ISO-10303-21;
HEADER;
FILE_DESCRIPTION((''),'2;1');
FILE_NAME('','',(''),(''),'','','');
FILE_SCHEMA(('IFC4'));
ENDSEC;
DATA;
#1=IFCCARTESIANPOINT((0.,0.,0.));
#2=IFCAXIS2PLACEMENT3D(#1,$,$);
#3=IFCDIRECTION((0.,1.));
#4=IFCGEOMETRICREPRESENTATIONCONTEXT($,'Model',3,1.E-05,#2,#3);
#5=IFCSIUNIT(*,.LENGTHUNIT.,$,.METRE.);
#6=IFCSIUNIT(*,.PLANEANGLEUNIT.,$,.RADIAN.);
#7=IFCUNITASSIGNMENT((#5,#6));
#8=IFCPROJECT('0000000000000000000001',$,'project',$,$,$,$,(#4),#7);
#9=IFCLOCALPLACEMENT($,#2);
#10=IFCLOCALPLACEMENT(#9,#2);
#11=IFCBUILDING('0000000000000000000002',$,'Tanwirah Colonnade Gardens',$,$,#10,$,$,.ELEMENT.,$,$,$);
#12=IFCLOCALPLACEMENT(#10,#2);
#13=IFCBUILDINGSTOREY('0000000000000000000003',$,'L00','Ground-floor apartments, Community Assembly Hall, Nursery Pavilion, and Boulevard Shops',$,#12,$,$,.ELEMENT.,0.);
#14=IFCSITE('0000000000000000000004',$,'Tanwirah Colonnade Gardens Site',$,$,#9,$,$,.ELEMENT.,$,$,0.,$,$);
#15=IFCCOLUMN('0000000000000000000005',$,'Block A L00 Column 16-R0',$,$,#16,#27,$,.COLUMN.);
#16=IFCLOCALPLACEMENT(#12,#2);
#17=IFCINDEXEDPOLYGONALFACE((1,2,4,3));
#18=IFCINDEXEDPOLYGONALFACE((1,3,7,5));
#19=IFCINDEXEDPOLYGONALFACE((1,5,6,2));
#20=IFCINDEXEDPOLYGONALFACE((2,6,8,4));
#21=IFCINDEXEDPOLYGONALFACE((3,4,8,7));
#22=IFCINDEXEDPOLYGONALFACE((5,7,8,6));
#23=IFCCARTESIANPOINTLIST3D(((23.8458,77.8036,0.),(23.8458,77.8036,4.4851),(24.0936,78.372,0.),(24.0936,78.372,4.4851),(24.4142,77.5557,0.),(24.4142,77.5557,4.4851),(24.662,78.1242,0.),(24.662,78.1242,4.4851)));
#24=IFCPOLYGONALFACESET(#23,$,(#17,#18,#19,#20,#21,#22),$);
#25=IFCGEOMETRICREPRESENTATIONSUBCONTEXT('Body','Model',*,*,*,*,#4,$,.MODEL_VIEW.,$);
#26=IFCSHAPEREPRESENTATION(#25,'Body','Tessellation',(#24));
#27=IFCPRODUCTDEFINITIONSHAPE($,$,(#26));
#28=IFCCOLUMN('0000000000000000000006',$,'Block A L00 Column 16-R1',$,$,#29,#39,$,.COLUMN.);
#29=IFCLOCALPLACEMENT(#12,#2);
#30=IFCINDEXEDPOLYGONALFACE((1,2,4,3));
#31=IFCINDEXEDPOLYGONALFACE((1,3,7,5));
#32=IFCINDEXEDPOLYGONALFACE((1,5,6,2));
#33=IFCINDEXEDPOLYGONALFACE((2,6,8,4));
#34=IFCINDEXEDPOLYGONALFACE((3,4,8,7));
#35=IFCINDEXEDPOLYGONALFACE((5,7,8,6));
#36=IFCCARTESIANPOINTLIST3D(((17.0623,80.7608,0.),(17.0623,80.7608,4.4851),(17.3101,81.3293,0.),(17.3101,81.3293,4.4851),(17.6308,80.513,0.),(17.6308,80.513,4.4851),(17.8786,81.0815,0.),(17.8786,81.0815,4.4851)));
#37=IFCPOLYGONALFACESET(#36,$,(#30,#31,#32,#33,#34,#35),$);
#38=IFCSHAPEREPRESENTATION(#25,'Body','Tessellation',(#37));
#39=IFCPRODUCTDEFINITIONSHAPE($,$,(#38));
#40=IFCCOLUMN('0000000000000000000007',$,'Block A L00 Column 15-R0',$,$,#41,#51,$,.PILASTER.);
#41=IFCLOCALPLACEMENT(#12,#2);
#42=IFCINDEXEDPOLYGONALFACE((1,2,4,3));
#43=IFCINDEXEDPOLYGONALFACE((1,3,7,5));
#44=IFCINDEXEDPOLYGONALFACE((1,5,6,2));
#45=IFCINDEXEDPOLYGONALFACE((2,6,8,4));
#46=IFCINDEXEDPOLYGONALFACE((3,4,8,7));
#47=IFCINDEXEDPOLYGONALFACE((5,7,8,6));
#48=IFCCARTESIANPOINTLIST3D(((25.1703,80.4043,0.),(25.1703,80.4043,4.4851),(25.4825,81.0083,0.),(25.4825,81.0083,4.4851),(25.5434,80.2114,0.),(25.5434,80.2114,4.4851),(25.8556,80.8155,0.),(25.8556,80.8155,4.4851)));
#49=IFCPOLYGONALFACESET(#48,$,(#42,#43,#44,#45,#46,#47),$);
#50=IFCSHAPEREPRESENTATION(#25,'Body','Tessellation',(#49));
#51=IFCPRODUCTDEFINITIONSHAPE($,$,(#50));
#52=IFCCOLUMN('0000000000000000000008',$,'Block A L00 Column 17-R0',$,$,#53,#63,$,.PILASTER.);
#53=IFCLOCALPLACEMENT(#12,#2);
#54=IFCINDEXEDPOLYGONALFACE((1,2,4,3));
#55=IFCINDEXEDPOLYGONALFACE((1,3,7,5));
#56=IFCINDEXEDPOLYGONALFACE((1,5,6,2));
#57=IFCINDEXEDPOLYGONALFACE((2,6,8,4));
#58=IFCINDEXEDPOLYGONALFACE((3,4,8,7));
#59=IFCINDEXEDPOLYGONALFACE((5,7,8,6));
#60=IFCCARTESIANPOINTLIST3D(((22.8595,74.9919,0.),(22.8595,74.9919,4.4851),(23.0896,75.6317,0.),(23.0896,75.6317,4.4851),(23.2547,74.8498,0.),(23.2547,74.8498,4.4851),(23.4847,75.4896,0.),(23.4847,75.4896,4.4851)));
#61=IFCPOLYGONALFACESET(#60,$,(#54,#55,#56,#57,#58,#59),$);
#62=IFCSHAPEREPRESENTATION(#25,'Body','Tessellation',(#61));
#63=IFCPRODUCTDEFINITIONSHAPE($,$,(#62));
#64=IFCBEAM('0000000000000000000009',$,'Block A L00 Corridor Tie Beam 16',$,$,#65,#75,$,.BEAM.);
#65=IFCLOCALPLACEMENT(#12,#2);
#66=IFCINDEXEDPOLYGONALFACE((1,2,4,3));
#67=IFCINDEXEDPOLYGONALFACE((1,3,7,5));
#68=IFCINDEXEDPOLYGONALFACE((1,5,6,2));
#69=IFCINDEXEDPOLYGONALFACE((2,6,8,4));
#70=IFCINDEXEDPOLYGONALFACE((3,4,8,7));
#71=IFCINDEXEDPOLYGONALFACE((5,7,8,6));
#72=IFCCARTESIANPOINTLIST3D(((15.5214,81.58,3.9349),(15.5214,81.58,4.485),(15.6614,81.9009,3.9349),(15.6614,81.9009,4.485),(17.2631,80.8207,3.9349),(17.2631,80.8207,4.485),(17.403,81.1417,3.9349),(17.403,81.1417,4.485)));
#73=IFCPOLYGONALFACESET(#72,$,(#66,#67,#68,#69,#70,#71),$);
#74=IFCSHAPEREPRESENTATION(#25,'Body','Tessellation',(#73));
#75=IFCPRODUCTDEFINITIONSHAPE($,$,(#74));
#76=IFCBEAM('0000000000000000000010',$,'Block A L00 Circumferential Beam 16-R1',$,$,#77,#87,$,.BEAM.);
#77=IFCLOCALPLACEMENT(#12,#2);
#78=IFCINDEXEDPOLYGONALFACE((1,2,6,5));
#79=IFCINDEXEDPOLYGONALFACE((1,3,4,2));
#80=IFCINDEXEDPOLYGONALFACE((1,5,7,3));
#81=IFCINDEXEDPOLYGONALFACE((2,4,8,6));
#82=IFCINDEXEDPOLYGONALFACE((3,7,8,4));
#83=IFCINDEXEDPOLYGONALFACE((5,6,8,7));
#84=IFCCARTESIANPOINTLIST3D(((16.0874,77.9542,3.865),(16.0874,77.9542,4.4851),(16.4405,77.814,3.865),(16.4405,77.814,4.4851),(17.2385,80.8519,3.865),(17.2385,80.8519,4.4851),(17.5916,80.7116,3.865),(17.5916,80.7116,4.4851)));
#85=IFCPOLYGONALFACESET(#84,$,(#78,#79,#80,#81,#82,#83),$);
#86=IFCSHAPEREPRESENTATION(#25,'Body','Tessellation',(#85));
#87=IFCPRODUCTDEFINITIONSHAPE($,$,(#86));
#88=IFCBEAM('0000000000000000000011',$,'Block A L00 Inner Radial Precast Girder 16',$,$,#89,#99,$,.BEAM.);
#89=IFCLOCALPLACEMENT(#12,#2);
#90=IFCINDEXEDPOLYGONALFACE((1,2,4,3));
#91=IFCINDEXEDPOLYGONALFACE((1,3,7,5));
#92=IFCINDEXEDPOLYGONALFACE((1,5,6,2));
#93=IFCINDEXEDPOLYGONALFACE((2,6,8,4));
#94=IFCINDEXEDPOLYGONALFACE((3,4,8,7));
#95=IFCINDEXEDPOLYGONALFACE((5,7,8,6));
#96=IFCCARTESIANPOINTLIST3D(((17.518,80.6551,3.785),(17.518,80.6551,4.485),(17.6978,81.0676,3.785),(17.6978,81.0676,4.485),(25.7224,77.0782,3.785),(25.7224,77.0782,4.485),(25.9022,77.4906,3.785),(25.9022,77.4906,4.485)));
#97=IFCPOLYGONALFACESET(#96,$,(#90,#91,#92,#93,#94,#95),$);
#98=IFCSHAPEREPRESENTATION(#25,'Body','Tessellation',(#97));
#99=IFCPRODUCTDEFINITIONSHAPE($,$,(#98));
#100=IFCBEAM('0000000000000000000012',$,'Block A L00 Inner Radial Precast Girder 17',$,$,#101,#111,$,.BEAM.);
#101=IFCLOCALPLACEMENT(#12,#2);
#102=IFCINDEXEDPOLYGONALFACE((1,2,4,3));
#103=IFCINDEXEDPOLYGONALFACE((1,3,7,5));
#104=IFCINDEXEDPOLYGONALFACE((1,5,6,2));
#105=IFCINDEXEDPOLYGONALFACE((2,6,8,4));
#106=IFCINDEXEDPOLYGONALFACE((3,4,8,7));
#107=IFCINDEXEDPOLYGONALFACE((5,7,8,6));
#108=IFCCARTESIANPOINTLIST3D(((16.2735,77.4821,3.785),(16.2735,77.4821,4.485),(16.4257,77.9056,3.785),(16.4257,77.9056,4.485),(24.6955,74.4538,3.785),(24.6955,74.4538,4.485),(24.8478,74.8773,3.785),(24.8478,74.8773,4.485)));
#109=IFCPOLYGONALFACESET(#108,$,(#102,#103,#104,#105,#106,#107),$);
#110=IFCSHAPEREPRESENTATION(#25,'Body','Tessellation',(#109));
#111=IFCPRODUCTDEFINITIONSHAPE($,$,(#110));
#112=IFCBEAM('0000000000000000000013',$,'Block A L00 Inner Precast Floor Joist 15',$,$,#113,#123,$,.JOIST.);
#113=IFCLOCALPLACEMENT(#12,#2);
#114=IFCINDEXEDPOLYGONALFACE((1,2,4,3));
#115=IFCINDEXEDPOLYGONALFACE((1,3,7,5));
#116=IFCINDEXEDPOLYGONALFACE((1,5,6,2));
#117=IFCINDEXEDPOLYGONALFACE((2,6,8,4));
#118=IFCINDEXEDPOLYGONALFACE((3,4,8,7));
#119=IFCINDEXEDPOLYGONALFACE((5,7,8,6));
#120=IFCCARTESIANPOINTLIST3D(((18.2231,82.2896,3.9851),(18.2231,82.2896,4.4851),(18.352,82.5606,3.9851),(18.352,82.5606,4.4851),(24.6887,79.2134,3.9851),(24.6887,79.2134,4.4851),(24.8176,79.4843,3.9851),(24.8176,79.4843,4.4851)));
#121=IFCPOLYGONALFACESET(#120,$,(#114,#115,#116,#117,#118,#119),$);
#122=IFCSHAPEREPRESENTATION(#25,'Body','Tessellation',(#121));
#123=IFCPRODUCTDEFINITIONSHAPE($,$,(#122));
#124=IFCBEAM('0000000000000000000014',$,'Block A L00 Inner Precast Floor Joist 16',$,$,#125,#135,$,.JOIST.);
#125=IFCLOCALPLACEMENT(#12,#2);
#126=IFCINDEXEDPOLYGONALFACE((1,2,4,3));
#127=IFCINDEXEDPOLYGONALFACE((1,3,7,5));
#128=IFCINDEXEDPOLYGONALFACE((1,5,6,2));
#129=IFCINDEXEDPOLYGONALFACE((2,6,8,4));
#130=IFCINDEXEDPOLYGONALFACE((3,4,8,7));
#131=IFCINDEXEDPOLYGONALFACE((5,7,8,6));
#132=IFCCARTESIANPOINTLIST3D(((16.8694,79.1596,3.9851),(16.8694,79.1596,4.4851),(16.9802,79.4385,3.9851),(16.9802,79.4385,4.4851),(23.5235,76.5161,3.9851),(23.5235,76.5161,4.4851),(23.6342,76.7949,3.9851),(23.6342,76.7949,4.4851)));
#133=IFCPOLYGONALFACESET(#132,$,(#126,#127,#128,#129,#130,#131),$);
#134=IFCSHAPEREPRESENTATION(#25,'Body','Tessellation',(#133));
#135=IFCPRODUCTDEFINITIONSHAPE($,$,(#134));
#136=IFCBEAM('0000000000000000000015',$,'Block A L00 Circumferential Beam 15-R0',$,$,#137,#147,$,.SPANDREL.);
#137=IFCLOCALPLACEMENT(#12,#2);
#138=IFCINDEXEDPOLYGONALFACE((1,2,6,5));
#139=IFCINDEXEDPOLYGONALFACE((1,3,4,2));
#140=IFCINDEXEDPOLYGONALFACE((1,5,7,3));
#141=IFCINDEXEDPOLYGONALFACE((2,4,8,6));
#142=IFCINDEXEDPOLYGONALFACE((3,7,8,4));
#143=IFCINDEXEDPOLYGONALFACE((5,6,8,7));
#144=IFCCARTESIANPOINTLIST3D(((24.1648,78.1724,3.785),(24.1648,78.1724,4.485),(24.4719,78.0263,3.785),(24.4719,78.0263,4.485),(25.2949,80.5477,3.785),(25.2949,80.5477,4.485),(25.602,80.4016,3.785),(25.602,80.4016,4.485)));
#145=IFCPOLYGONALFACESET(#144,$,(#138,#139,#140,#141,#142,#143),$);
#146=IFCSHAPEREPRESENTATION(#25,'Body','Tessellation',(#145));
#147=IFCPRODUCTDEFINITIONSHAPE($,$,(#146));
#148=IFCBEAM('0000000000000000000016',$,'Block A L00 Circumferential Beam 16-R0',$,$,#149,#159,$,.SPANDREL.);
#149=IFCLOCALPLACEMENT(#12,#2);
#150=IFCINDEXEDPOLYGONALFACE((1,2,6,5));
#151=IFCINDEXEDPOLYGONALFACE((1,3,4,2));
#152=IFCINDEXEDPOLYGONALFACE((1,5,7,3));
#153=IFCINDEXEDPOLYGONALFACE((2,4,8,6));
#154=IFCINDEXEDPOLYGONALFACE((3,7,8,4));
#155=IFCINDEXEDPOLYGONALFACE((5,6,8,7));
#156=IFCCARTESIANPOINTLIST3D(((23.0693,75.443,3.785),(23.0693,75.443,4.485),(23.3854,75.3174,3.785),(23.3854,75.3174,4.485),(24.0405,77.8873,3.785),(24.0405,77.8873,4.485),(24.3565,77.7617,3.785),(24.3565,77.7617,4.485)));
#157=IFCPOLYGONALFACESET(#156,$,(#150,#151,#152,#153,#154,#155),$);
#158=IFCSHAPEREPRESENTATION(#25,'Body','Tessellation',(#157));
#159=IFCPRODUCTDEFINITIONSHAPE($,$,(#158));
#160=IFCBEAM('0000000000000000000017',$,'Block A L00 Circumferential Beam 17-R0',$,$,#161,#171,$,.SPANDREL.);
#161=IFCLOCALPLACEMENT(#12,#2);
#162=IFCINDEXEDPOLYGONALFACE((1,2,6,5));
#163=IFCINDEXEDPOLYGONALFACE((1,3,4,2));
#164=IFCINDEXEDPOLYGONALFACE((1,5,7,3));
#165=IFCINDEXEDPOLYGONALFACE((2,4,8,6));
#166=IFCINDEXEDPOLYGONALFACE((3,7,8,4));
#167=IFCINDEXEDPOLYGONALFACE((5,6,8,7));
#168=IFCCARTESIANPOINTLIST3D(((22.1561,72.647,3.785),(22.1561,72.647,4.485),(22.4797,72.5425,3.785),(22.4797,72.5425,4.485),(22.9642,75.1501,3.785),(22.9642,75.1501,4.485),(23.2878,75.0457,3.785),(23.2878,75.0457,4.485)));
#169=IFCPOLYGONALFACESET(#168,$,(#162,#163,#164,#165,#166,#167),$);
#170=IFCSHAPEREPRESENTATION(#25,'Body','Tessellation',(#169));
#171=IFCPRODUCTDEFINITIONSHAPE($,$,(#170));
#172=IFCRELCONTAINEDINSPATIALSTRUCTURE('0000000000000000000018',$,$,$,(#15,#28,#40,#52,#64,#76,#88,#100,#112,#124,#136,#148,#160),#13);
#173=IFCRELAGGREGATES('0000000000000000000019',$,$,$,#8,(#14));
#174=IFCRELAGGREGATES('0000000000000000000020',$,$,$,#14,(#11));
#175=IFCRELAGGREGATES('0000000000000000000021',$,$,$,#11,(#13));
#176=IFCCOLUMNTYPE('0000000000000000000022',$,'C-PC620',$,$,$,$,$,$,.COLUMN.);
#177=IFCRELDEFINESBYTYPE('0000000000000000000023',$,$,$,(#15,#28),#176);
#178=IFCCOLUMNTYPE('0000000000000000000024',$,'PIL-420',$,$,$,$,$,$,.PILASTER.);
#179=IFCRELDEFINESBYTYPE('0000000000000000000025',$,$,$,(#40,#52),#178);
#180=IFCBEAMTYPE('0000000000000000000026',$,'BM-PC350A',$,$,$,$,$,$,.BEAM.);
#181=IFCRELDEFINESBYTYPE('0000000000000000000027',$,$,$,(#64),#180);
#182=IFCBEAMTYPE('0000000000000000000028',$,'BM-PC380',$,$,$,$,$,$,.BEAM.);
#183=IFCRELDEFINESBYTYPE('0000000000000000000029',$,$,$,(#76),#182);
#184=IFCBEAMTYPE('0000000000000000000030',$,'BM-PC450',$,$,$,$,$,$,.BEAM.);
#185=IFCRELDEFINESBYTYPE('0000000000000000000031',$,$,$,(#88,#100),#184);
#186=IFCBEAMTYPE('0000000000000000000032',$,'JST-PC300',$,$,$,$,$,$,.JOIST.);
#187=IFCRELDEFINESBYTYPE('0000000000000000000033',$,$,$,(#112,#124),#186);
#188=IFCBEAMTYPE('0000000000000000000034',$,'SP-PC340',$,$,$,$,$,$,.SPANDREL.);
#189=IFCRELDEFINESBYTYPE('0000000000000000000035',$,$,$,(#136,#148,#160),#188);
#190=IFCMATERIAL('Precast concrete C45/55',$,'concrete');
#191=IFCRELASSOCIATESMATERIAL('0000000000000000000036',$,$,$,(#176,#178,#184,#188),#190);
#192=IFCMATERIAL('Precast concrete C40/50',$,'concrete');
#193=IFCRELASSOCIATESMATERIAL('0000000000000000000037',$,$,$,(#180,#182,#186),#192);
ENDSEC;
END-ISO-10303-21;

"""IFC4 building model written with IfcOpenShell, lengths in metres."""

from ifc_helpers import new_model, si_unit, direction, frame, origin, origin_2d, place, context, subcontext, project, spatial, rectangle, extrude, material, material_profile, profile_set, type_object, element, save


model = new_model("IFC4")

# Units and contexts
model_context = context("Model", 3, precision=1e-05, world=origin(), true_north=direction((0.0, 1.0)))
body_context = subcontext(model_context, "Body", "Model", "MODEL_VIEW")
ifc_project = project(units=[si_unit("LENGTHUNIT", "METRE"), si_unit("PLANEANGLEUNIT", "RADIAN")], contexts=[model_context])

# Site, building, storey
site_placement = place(None, origin())
site = spatial("IfcSite", under=ifc_project, at=site_placement, Name="Tanwirah Colonnade Gardens Site", CompositionType="ELEMENT", RefElevation=0.0)
building_placement = place(site_placement, origin())
building = spatial("IfcBuilding", under=site, at=building_placement, Name="Tanwirah Colonnade Gardens", CompositionType="ELEMENT")
storey_placement = place(building_placement, origin())
storey = spatial("IfcBuildingStorey", under=building, at=storey_placement, Name="L00", Description="Ground-floor apartments, Community Assembly Hall, Nursery Pavilion, and Boulevard Shops", CompositionType="ELEMENT", Elevation=0.0)

# Columns
ifc_material_1 = material(Name="Precast concrete C45/55", Category="concrete")
ifc_material_profile_1 = material_profile(ifc_material_1, rectangle(XDim=0.6201, YDim=0.6201, at=origin_2d()), Name="PC-COL 620x620")
ifc_profile_set_1 = profile_set([ifc_material_profile_1], Name="Precast concrete C45/55")
column_type_1 = type_object("IfcColumnType", Name="C-PC620", PredefinedType="COLUMN", material=ifc_profile_set_1)
for number, where, z_axis, x_axis, name in (
    (1, (24.2539, 77.9639, 0.0), (0.0, 0.0, 1.0), (-0.916673, 0.399638, 0.0), "Block A L00 Column 16-R0"),
    (2, (17.4705, 80.9211, 0.0), (0.0, 0.0, 1.0), (-0.916673, 0.399638, 0.0), "Block A L00 Column 16-R1"),
):
    element("IfcColumn", number, at=place(storey_placement, frame(where, z_axis=z_axis, x_axis=x_axis)), inside=storey, type_object=column_type_1, Name=name, PredefinedType="COLUMN", context=body_context, shape_type="SweptSolid", body=[
        extrude(rectangle(XDim=0.6201, YDim=0.6201, at=origin_2d()), origin(), (0.0, 0.0, 1.0), 4.4851),
    ])
ifc_material_profile_2 = material_profile(ifc_material_1, rectangle(XDim=0.4199, YDim=0.6799, at=origin_2d()), Name="PC-PIL 420x680")
ifc_profile_set_2 = profile_set([ifc_material_profile_2], Name="Precast concrete C45/55")
column_type_2 = type_object("IfcColumnType", Name="PIL-420", PredefinedType="PILASTER", material=ifc_profile_set_2)
for number, where, z_axis, x_axis, name in (
    (3, (25.5129, 80.6099, 0.0), (0.0, 0.0, 1.0), (-0.88835, 0.459166, 0.0), "Block A L00 Column 15-R0"),
    (4, (23.1721, 75.2407, 0.0), (0.0, 0.0, 1.0), (-0.941012, 0.338373, 0.0), "Block A L00 Column 17-R0"),
):
    element("IfcColumn", number, at=place(storey_placement, frame(where, z_axis=z_axis, x_axis=x_axis)), inside=storey, type_object=column_type_2, Name=name, PredefinedType="PILASTER", context=body_context, shape_type="SweptSolid", body=[
        extrude(rectangle(XDim=0.4199, YDim=0.6799, at=origin_2d()), origin(), (0.0, 0.0, 1.0), 4.4851),
    ])

# Beams
ifc_material_2 = material(Name="Precast concrete C40/50", Category="concrete")
ifc_material_profile_3 = material_profile(ifc_material_2, rectangle(XDim=0.3501, YDim=0.55, at=origin_2d()), Name="PC-BM 350x550")
ifc_profile_set_3 = profile_set([ifc_material_profile_3], Name="Precast concrete C40/50")
beam_type_1 = type_object("IfcBeamType", Name="BM-PC350A", PredefinedType="BEAM", material=ifc_profile_set_3)
beam_1_placement = place(storey_placement, frame((17.333, 80.9812, 4.21), z_axis=(-0.916681, 0.399619, 0.0), x_axis=(-0.399619, -0.916681, 0.0)))
element("IfcBeam", 5, at=beam_1_placement, inside=storey, type_object=beam_type_1, Name="Block A L00 Corridor Tie Beam 16", PredefinedType="BEAM", context=body_context, shape_type="SweptSolid", body=[
    extrude(rectangle(XDim=0.3501, YDim=0.55, at=origin_2d()), origin(), (0.0, 0.0, 1.0), 1.8999),
])
ifc_material_profile_4 = material_profile(ifc_material_2, rectangle(XDim=0.3799, YDim=0.6201, at=origin_2d()), Name="PC-BM 380x620")
ifc_profile_set_4 = profile_set([ifc_material_profile_4], Name="Precast concrete C40/50")
beam_type_2 = type_object("IfcBeamType", Name="BM-PC380", PredefinedType="BEAM", material=ifc_profile_set_4)
beam_2_placement = place(storey_placement, frame((17.415, 80.7817, 4.175), z_axis=(-0.369189, -0.929354, 0.0), x_axis=(0.929354, -0.369189, 0.0)))
element("IfcBeam", 6, at=beam_2_placement, inside=storey, type_object=beam_type_2, Name="Block A L00 Circumferential Beam 16-R1", PredefinedType="BEAM", context=body_context, shape_type="SweptSolid", body=[
    extrude(rectangle(XDim=0.3799, YDim=0.6201, at=origin_2d()), origin(), (0.0, 0.0, 1.0), 3.1179),
])
ifc_material_profile_5 = material_profile(ifc_material_1, rectangle(XDim=0.45, YDim=0.7, at=origin_2d()), Name="PC-BM 450x700")
ifc_profile_set_5 = profile_set([ifc_material_profile_5], Name="Precast concrete C45/55")
beam_type_3 = type_object("IfcBeamType", Name="BM-PC450", PredefinedType="BEAM", material=ifc_profile_set_5)
beam_3_placement = place(storey_placement, frame((17.6079, 80.8613, 4.135), z_axis=(0.916669, -0.399647, 0.0), x_axis=(0.399647, 0.916669, 0.0)))
element("IfcBeam", 7, at=beam_3_placement, inside=storey, type_object=beam_type_3, Name="Block A L00 Inner Radial Precast Girder 16", PredefinedType="BEAM", context=body_context, shape_type="SweptSolid", body=[
    extrude(rectangle(XDim=0.45, YDim=0.7, at=origin_2d()), origin(), (0.0, 0.0, 1.0), 8.9502),
])
beam_4_placement = place(storey_placement, frame((16.3496, 77.6938, 4.135), z_axis=(0.941017, -0.338359, 0.0), x_axis=(0.338359, 0.941017, 0.0)))
element("IfcBeam", 8, at=beam_4_placement, inside=storey, type_object=beam_type_3, Name="Block A L00 Inner Radial Precast Girder 17", PredefinedType="BEAM", context=body_context, shape_type="SweptSolid", body=[
    extrude(rectangle(XDim=0.45, YDim=0.7, at=origin_2d()), origin(), (0.0, 0.0, 1.0), 8.95),
])
ifc_material_profile_6 = material_profile(ifc_material_2, rectangle(XDim=0.3, YDim=0.5, at=origin_2d()), Name="PC-JST 300x500")
ifc_profile_set_6 = profile_set([ifc_material_profile_6], Name="Precast concrete C40/50")
beam_type_4 = type_object("IfcBeamType", Name="JST-PC300", PredefinedType="JOIST", material=ifc_profile_set_6)
beam_5_placement = place(storey_placement, frame((24.7532, 79.3489, 4.2351), z_axis=(-0.903005, 0.429629, 0.0), x_axis=(-0.429629, -0.903005, 0.0)))
element("IfcBeam", 9, at=beam_5_placement, inside=storey, type_object=beam_type_4, Name="Block A L00 Inner Precast Floor Joist 15", PredefinedType="JOIST", context=body_context, shape_type="SweptSolid", body=[
    extrude(rectangle(XDim=0.3, YDim=0.5, at=origin_2d()), origin(), (0.0, 0.0, 1.0), 7.1602),
])
beam_6_placement = place(storey_placement, frame((23.5789, 76.6555, 4.2351), z_axis=(-0.929344, 0.369214, 0.0), x_axis=(-0.369214, -0.929344, 0.0)))
element("IfcBeam", 10, at=beam_6_placement, inside=storey, type_object=beam_type_4, Name="Block A L00 Inner Precast Floor Joist 16", PredefinedType="JOIST", context=body_context, shape_type="SweptSolid", body=[
    extrude(rectangle(XDim=0.3, YDim=0.5, at=origin_2d()), origin(), (0.0, 0.0, 1.0), 7.1599),
])
ifc_material_profile_7 = material_profile(ifc_material_1, rectangle(XDim=0.3401, YDim=0.7, at=origin_2d()), Name="PC-SP 340x700")
ifc_profile_set_7 = profile_set([ifc_material_profile_7], Name="Precast concrete C45/55")
beam_type_5 = type_object("IfcBeamType", Name="SP-PC340", PredefinedType="SPANDREL", material=ifc_profile_set_7)
beam_7_placement = place(storey_placement, frame((25.4485, 80.4746, 4.135), z_axis=(-0.429642, -0.902999, 0.0), x_axis=(0.902999, -0.429642, 0.0)))
element("IfcBeam", 11, at=beam_7_placement, inside=storey, type_object=beam_type_5, Name="Block A L00 Circumferential Beam 15-R0", PredefinedType="SPANDREL", context=body_context, shape_type="SweptSolid", body=[
    extrude(rectangle(XDim=0.3401, YDim=0.7, at=origin_2d()), origin(), (0.0, 0.0, 1.0), 2.6304),
])
beam_8_placement = place(storey_placement, frame((24.1985, 77.8245, 4.135), z_axis=(-0.369245, -0.929332, 0.0), x_axis=(0.929332, -0.369245, 0.0)))
element("IfcBeam", 12, at=beam_8_placement, inside=storey, type_object=beam_type_5, Name="Block A L00 Circumferential Beam 16-R0", PredefinedType="SPANDREL", context=body_context, shape_type="SweptSolid", body=[
    extrude(rectangle(XDim=0.3401, YDim=0.7, at=origin_2d()), origin(), (0.0, 0.0, 1.0), 2.6301),
])
beam_9_placement = place(storey_placement, frame((23.126, 75.0979, 4.135), z_axis=(-0.30722, -0.951639, 0.0), x_axis=(0.951639, -0.30722, 0.0)))
element("IfcBeam", 13, at=beam_9_placement, inside=storey, type_object=beam_type_5, Name="Block A L00 Circumferential Beam 17-R0", PredefinedType="SPANDREL", context=body_context, shape_type="SweptSolid", body=[
    extrude(rectangle(XDim=0.3401, YDim=0.7, at=origin_2d()), origin(), (0.0, 0.0, 1.0), 2.6304),
])

save(model, "model.ifc")
